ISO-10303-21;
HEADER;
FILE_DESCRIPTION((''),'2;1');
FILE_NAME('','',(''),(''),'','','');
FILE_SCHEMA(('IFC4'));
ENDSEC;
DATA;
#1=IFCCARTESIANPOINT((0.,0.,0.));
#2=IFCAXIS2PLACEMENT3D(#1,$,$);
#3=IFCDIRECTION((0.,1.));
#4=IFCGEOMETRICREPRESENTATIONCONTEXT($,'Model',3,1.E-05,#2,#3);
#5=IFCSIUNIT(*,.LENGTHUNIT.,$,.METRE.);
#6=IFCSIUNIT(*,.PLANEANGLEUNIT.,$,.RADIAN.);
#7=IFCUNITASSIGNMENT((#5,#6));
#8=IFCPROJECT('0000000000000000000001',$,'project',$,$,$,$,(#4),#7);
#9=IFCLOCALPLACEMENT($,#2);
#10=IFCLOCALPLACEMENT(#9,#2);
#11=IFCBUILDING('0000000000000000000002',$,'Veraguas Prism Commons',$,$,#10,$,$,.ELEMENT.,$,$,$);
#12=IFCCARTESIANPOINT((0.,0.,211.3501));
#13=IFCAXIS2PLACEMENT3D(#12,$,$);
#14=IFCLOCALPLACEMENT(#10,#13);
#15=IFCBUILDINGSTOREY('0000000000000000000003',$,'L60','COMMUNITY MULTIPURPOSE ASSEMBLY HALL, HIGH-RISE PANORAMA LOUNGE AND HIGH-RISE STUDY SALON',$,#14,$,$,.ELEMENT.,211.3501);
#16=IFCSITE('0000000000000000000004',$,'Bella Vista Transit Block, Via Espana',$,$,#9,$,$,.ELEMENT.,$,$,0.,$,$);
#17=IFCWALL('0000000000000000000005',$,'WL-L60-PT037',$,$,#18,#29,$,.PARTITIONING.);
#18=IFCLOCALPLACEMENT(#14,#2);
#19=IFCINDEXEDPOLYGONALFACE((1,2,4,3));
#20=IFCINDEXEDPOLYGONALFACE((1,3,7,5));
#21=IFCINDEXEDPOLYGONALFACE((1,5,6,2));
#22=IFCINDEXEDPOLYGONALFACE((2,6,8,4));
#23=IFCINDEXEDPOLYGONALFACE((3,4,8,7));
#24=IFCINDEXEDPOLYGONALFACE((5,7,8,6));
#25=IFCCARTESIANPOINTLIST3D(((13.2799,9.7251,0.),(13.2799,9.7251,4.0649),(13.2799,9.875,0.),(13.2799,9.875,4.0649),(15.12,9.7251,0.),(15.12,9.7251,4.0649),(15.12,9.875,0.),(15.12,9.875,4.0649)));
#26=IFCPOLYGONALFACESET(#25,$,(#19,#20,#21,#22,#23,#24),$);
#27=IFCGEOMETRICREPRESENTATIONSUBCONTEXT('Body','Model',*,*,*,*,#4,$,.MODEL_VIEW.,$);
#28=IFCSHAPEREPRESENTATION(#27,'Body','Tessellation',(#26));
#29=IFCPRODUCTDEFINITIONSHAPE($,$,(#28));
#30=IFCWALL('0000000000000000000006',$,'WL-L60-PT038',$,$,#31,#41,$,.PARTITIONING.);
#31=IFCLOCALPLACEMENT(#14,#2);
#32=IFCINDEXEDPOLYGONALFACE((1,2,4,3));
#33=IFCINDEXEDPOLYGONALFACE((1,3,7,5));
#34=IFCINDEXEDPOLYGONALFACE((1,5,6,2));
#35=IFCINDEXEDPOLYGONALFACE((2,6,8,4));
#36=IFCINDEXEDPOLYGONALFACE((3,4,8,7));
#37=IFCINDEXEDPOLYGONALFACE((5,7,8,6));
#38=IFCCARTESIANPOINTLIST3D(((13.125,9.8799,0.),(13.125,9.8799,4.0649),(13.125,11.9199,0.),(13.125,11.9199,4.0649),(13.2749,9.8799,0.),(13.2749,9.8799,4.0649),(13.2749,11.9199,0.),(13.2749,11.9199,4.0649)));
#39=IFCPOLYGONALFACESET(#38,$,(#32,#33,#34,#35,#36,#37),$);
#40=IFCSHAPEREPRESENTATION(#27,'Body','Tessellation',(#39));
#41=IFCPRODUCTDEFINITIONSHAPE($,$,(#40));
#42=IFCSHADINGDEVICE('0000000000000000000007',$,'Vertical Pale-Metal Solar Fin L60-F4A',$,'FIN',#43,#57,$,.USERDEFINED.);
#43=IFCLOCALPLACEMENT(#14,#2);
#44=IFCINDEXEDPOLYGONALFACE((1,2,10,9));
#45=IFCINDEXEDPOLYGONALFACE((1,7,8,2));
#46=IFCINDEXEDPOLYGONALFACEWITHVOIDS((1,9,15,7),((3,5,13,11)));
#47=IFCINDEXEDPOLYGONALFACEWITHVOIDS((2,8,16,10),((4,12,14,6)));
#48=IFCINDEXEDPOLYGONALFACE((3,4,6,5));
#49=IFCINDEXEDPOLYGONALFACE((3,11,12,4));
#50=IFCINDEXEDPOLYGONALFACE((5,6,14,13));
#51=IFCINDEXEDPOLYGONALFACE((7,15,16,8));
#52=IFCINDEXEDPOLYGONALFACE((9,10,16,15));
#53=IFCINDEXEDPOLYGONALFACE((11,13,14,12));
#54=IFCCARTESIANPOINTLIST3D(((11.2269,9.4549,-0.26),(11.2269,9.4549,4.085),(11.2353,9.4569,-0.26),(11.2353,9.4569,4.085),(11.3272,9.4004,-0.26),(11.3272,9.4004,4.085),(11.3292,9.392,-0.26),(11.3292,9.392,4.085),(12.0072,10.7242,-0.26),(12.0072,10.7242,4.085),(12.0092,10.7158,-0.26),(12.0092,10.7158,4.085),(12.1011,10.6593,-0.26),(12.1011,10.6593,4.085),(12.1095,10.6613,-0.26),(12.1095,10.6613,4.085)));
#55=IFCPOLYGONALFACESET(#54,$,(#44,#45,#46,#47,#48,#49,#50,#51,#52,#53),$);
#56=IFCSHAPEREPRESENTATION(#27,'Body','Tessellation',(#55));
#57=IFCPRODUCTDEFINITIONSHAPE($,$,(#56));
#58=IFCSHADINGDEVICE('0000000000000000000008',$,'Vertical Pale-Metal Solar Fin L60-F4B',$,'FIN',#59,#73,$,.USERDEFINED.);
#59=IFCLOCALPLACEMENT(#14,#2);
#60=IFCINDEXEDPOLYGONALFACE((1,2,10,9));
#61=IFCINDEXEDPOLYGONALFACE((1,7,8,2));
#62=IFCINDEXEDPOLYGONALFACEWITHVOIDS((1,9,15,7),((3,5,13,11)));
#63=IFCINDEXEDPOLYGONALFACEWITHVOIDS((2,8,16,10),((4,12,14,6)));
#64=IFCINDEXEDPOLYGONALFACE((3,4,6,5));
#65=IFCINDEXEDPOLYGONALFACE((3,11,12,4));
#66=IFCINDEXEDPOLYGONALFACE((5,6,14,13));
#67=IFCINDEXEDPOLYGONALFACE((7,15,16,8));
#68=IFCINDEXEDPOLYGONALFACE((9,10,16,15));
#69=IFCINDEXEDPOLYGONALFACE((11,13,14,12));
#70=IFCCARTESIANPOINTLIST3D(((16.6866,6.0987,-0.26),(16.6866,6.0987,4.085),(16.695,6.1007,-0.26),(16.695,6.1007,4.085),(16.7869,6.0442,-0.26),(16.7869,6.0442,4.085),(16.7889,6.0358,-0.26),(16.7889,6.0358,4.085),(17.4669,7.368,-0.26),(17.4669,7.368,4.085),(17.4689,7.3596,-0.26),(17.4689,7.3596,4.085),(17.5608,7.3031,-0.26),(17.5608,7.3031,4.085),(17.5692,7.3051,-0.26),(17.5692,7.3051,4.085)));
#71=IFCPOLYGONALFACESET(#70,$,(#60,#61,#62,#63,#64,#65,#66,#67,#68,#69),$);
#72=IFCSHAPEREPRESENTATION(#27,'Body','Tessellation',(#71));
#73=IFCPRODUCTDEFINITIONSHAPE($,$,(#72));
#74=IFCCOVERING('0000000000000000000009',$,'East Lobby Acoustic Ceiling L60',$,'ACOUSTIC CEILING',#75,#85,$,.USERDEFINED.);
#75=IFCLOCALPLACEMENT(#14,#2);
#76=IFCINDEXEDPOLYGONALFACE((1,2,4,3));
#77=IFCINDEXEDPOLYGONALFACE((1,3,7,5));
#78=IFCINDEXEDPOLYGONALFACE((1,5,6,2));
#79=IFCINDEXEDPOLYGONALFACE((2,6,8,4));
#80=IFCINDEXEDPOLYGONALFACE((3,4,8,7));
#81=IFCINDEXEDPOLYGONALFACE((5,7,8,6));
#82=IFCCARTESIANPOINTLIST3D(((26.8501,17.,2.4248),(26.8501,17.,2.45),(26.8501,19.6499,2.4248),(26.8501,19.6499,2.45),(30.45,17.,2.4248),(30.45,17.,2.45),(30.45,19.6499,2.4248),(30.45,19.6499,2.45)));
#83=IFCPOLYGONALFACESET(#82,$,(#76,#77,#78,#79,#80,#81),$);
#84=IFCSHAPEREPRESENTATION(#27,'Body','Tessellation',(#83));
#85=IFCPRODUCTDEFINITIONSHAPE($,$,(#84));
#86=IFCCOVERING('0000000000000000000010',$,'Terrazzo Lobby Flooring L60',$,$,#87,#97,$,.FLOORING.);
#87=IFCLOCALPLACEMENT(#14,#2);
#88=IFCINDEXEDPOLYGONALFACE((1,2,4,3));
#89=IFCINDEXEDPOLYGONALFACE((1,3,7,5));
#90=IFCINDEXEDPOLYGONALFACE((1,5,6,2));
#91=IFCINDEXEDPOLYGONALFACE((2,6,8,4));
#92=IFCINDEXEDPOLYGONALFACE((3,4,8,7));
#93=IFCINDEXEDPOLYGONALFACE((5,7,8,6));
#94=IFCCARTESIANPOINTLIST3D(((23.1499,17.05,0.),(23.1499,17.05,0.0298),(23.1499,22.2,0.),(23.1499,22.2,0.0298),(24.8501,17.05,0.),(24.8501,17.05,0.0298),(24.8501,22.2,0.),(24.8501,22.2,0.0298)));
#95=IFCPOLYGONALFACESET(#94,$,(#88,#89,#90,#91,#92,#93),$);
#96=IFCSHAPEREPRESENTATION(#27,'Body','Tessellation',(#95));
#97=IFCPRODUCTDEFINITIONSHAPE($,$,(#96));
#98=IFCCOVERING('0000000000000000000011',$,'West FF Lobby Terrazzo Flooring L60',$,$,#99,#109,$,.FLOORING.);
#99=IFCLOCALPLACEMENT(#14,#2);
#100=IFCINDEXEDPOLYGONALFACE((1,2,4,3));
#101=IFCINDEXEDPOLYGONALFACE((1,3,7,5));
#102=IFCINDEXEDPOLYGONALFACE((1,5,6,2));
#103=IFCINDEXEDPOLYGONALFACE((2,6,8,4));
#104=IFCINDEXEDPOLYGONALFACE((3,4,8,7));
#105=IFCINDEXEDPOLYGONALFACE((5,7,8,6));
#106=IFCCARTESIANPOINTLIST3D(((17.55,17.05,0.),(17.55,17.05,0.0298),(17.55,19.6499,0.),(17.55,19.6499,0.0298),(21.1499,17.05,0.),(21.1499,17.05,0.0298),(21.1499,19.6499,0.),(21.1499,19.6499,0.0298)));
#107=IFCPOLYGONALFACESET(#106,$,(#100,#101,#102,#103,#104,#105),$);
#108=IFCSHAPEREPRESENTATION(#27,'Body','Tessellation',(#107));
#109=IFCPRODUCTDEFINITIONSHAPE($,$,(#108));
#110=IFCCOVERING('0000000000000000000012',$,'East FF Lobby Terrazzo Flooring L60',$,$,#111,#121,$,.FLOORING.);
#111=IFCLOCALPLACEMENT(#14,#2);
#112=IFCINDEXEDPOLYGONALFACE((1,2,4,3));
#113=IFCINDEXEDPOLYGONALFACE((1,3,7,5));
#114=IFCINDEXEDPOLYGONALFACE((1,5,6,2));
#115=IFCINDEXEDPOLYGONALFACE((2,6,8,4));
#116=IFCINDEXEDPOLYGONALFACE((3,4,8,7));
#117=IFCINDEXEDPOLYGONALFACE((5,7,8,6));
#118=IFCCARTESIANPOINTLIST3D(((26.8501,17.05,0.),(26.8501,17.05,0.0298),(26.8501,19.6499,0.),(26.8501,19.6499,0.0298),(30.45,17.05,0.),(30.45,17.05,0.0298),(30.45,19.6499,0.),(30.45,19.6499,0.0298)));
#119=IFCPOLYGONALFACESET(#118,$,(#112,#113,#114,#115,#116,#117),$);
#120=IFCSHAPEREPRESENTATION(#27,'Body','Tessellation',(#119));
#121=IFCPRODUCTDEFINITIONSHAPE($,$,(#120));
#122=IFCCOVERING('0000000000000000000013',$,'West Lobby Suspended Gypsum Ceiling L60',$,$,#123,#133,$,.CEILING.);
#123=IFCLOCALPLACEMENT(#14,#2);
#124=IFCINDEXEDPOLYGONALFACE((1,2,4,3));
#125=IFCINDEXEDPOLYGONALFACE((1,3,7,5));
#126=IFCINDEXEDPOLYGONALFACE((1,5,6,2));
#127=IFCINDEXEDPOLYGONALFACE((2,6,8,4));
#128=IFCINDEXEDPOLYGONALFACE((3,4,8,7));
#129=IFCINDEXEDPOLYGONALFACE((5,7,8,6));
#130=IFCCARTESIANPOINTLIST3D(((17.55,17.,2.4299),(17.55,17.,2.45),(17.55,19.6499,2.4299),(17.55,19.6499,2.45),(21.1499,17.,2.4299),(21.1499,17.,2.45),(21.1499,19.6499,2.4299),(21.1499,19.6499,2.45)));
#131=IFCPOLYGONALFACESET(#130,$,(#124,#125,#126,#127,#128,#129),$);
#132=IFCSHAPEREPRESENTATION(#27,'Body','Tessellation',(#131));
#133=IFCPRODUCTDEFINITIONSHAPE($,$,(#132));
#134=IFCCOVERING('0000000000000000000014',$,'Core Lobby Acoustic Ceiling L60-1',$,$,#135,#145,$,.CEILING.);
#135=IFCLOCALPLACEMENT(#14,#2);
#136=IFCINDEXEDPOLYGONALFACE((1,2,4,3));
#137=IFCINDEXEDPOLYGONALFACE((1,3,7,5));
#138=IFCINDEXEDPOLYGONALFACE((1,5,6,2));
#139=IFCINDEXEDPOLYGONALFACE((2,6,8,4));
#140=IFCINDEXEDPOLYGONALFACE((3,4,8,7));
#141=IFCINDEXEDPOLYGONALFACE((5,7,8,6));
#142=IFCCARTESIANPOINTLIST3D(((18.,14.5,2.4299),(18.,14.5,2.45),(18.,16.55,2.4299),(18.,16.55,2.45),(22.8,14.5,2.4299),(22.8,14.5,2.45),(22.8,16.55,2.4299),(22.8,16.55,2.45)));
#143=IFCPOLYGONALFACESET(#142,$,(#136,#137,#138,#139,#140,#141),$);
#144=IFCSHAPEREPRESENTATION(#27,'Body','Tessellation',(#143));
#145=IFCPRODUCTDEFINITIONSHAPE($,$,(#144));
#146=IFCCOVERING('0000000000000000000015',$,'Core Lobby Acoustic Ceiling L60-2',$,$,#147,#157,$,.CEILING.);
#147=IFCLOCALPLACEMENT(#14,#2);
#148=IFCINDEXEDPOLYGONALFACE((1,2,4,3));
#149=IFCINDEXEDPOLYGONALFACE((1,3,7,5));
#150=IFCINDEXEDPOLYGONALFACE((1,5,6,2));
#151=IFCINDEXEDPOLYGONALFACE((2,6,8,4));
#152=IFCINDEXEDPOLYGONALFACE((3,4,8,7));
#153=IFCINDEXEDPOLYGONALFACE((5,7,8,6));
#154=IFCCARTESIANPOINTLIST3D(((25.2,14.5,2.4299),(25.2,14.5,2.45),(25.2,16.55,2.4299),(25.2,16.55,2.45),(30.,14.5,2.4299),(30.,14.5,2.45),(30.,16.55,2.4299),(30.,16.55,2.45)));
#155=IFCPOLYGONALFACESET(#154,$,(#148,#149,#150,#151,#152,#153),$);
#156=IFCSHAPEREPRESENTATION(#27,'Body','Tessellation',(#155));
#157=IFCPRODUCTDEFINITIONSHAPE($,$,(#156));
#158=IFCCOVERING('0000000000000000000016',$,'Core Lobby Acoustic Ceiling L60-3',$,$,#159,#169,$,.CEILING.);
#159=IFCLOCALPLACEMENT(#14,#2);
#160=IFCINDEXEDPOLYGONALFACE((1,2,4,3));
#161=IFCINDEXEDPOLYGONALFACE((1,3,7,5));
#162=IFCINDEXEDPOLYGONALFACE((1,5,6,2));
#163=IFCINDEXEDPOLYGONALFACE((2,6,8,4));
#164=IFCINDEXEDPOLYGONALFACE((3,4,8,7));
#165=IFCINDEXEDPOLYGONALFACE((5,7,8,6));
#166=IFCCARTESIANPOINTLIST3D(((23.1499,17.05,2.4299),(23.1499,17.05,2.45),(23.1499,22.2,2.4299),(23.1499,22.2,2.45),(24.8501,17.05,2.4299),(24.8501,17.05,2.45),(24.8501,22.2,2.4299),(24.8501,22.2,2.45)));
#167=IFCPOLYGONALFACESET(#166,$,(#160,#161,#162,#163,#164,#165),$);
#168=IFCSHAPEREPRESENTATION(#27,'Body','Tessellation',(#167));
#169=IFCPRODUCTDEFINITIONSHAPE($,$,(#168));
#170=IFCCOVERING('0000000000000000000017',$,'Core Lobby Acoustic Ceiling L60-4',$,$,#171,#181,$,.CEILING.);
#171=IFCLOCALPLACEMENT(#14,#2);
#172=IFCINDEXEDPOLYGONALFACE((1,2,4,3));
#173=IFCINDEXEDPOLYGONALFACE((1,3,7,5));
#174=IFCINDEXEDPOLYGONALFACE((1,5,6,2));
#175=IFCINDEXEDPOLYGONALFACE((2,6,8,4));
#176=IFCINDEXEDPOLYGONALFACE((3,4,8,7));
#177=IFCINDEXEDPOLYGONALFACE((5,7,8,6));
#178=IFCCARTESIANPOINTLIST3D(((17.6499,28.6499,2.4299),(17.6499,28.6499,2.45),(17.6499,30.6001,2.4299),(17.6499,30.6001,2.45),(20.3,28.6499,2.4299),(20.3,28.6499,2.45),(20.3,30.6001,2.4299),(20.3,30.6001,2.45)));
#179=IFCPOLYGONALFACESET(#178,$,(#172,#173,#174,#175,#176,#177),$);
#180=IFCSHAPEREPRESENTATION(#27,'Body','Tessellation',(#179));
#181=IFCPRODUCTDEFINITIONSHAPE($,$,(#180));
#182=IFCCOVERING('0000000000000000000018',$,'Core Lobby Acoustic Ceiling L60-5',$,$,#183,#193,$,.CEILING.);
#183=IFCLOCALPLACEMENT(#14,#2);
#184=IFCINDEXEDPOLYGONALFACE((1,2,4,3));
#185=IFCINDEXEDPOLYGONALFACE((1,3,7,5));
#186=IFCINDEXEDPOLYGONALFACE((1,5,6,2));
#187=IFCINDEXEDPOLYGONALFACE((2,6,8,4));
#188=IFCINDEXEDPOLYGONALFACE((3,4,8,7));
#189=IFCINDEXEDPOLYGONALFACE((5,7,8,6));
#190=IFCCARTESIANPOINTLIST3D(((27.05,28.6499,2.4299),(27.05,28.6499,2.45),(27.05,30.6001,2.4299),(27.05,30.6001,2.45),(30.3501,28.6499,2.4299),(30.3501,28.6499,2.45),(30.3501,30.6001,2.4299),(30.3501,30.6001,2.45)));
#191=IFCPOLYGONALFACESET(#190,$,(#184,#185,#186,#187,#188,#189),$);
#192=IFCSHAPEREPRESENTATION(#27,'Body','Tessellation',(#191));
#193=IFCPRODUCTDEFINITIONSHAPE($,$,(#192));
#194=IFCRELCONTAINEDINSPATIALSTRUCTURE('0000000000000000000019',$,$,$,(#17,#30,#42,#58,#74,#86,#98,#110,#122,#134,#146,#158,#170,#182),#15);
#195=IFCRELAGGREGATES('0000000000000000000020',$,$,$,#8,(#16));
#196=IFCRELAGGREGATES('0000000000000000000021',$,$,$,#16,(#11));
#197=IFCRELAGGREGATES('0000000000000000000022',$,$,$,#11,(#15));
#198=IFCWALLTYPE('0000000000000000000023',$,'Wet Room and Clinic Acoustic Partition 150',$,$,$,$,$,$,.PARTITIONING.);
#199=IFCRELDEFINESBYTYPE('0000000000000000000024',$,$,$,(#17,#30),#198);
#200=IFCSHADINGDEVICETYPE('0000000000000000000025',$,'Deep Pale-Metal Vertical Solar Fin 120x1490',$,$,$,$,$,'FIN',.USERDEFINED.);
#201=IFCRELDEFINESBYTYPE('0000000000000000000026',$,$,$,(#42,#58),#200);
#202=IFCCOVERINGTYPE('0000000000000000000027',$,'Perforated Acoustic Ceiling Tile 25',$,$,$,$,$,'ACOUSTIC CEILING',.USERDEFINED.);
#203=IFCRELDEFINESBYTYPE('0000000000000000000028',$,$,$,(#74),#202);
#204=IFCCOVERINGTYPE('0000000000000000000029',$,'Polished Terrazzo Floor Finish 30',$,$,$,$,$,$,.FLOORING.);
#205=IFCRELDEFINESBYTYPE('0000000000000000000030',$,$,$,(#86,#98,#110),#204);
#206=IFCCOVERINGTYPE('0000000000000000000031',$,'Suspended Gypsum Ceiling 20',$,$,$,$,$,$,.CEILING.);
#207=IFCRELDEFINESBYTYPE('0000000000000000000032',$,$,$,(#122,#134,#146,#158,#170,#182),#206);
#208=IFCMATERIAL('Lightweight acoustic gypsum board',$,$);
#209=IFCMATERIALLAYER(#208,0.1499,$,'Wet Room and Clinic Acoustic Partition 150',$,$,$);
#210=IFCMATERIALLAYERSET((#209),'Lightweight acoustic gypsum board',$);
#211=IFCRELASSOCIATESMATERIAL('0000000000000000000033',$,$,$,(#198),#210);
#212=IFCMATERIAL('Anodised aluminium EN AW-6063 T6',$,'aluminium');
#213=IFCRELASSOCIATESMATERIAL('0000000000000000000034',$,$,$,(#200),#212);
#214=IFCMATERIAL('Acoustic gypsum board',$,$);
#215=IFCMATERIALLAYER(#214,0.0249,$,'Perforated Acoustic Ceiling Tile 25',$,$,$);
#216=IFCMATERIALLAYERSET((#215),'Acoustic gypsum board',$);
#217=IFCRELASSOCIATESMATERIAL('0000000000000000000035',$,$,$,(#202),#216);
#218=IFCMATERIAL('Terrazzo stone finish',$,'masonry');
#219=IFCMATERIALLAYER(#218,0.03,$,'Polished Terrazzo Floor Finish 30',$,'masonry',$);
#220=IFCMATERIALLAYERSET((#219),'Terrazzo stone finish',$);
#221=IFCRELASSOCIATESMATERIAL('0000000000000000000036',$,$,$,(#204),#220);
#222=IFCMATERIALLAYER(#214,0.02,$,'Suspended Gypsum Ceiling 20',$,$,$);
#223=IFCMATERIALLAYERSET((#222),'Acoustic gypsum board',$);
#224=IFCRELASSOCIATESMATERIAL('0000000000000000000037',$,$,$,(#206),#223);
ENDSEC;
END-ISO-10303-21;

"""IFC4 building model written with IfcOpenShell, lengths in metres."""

from ifc_helpers import new_model, si_unit, direction, frame, frame_2d, origin, origin_2d, place, context, subcontext, project, spatial, polyline, rectangle, hollow_rectangle, outline, extrude, material, layer, layer_set, material_profile, profile_set, type_object, element, save


model = new_model("IFC4")

# Units and contexts
model_context = context("Model", 3, precision=1e-05, world=origin(), true_north=direction((0.0, 1.0)))
body_context = subcontext(model_context, "Body", "Model", "MODEL_VIEW")
ifc_project = project(units=[si_unit("LENGTHUNIT", "METRE"), si_unit("PLANEANGLEUNIT", "RADIAN")], contexts=[model_context])

# Site, building, storey
site_placement = place(None, origin())
site = spatial("IfcSite", under=ifc_project, at=site_placement, Name="Bella Vista Transit Block, Via Espana", CompositionType="ELEMENT", RefElevation=0.0)
building_placement = place(site_placement, origin())
building = spatial("IfcBuilding", under=site, at=building_placement, Name="Veraguas Prism Commons", CompositionType="ELEMENT")
storey_placement = place(building_placement, frame((0.0, 0.0, 211.3501)))
storey = spatial("IfcBuildingStorey", under=building, at=storey_placement, Name="L60", Description="COMMUNITY MULTIPURPOSE ASSEMBLY HALL, HIGH-RISE PANORAMA LOUNGE AND HIGH-RISE STUDY SALON", CompositionType="ELEMENT", Elevation=211.3501)

# Shared definitions
ifc_material_1 = material(Name="Anodised aluminium EN AW-6063 T6", Category="aluminium")

# Shared definitions
ifc_material_2 = material(Name="Lightweight acoustic gypsum board")

# Walls
ifc_layer_1 = layer(ifc_material_2, 0.1499, Name="Wet Room and Clinic Acoustic Partition 150")
ifc_layer_set_1 = layer_set([ifc_layer_1], Name="Lightweight acoustic gypsum board")
wall_type_1 = type_object("IfcWallType", Name="Wet Room and Clinic Acoustic Partition 150", PredefinedType="PARTITIONING", material=ifc_layer_set_1)
wall_1_placement = place(storey_placement, frame((13.28, 9.8, 0.0), z_axis=(0.0, 0.0, 1.0), x_axis=(1.0, 0.0, 0.0)))
element("IfcWall", 1, at=wall_1_placement, inside=storey, type_object=wall_type_1, Name="WL-L60-PT037", PredefinedType="PARTITIONING", context=body_context, shape_type="SweptSolid", body=[
    extrude(rectangle(XDim=1.8401, YDim=0.1499, at=frame_2d((0.9199, 0.0))), origin(), (0.0, 0.0, 1.0), 4.0649),
])
wall_2_placement = place(storey_placement, frame((13.2, 9.8799, 0.0), z_axis=(0.0, 0.0, 1.0), x_axis=(0.0, 1.0, 0.0)))
element("IfcWall", 2, at=wall_2_placement, inside=storey, type_object=wall_type_1, Name="WL-L60-PT038", PredefinedType="PARTITIONING", context=body_context, shape_type="SweptSolid", body=[
    extrude(rectangle(XDim=2.04, YDim=0.1499, at=frame_2d((1.02, 0.0))), origin(), (0.0, 0.0, 1.0), 4.0649),
])

# Shading devices
ifc_material_profile_1 = material_profile(ifc_material_1, hollow_rectangle(XDim=0.1201, YDim=1.49, WallThickness=0.0061, at=origin_2d()), Name="FIN120X1490X6")
ifc_profile_set_1 = profile_set([ifc_material_profile_1], Name="Anodised aluminium EN AW-6063 T6")
shading_device_type = type_object("IfcShadingDeviceType", Name="Deep Pale-Metal Vertical Solar Fin 120x1490", ElementType="FIN", PredefinedType="USERDEFINED", material=ifc_profile_set_1)
for number, where, z_axis, x_axis, name in (
    (3, (11.6682, 10.0581, -0.26), (0.0, 0.0, 1.0), (0.85191, -0.523689, 0.0), "Vertical Pale-Metal Solar Fin L60-F4A"),
    (4, (17.1279, 6.7019, -0.26), (0.0, 0.0, 1.0), (0.85191, -0.523689, 0.0), "Vertical Pale-Metal Solar Fin L60-F4B"),
):
    element("IfcShadingDevice", number, at=place(storey_placement, frame(where, z_axis=z_axis, x_axis=x_axis)), inside=storey, type_object=shading_device_type, Name=name, ObjectType="FIN", PredefinedType="USERDEFINED", context=body_context, shape_type="SweptSolid", body=[
        extrude(hollow_rectangle(XDim=0.1201, YDim=1.49, WallThickness=0.0061, at=origin_2d()), origin(), (0.0, 0.0, 1.0), 4.345),
    ])

# Coverings
ifc_material_3 = material(Name="Acoustic gypsum board")
ifc_layer_2 = layer(ifc_material_3, 0.0249, Name="Perforated Acoustic Ceiling Tile 25")
ifc_layer_set_2 = layer_set([ifc_layer_2], Name="Acoustic gypsum board")
covering_type_1 = type_object("IfcCoveringType", Name="Perforated Acoustic Ceiling Tile 25", ElementType="ACOUSTIC CEILING", PredefinedType="USERDEFINED", material=ifc_layer_set_2)
covering_1_placement = place(storey_placement, frame((0.0, 0.0, 2.4248)))
element("IfcCovering", 5, at=covering_1_placement, inside=storey, type_object=covering_type_1, Name="East Lobby Acoustic Ceiling L60", ObjectType="ACOUSTIC CEILING", PredefinedType="USERDEFINED", context=body_context, shape_type="SweptSolid", body=[
    extrude(outline(polyline([(26.8501, 17.0), (30.45, 17.0), (30.45, 19.6499), (26.8501, 19.6499), (26.8501, 17.0)])), origin(), (0.0, 0.0, 1.0), 0.0251),
])
ifc_material_4 = material(Name="Terrazzo stone finish", Category="masonry")
ifc_layer_3 = layer(ifc_material_4, 0.03, Name="Polished Terrazzo Floor Finish 30", Category="masonry")
ifc_layer_set_3 = layer_set([ifc_layer_3], Name="Terrazzo stone finish")
covering_type_2 = type_object("IfcCoveringType", Name="Polished Terrazzo Floor Finish 30", PredefinedType="FLOORING", material=ifc_layer_set_3)
covering_2_placement = place(storey_placement, origin())
element("IfcCovering", 6, at=covering_2_placement, inside=storey, type_object=covering_type_2, Name="Terrazzo Lobby Flooring L60", PredefinedType="FLOORING", context=body_context, shape_type="SweptSolid", body=[
    extrude(outline(polyline([(23.1499, 17.05), (24.8501, 17.05), (24.8501, 22.2), (23.1499, 22.2), (23.1499, 17.05)])), origin(), (0.0, 0.0, 1.0), 0.0298),
])
covering_3_placement = place(storey_placement, origin())
element("IfcCovering", 7, at=covering_3_placement, inside=storey, type_object=covering_type_2, Name="West FF Lobby Terrazzo Flooring L60", PredefinedType="FLOORING", context=body_context, shape_type="SweptSolid", body=[
    extrude(outline(polyline([(17.55, 17.05), (21.1499, 17.05), (21.1499, 19.6499), (17.55, 19.6499), (17.55, 17.05)])), origin(), (0.0, 0.0, 1.0), 0.0298),
])
covering_4_placement = place(storey_placement, origin())
element("IfcCovering", 8, at=covering_4_placement, inside=storey, type_object=covering_type_2, Name="East FF Lobby Terrazzo Flooring L60", PredefinedType="FLOORING", context=body_context, shape_type="SweptSolid", body=[
    extrude(outline(polyline([(26.8501, 17.05), (30.45, 17.05), (30.45, 19.6499), (26.8501, 19.6499), (26.8501, 17.05)])), origin(), (0.0, 0.0, 1.0), 0.0298),
])
ifc_layer_4 = layer(ifc_material_3, 0.02, Name="Suspended Gypsum Ceiling 20")
ifc_layer_set_4 = layer_set([ifc_layer_4], Name="Acoustic gypsum board")
covering_type_3 = type_object("IfcCoveringType", Name="Suspended Gypsum Ceiling 20", PredefinedType="CEILING", material=ifc_layer_set_4)
covering_5_placement = place(storey_placement, frame((0.0, 0.0, 2.4299)))
element("IfcCovering", 9, at=covering_5_placement, inside=storey, type_object=covering_type_3, Name="West Lobby Suspended Gypsum Ceiling L60", PredefinedType="CEILING", context=body_context, shape_type="SweptSolid", body=[
    extrude(outline(polyline([(17.55, 17.0), (21.1499, 17.0), (21.1499, 19.6499), (17.55, 19.6499), (17.55, 17.0)])), origin(), (0.0, 0.0, 1.0), 0.02),
])
covering_6_placement = place(storey_placement, frame((0.0, 0.0, 2.4299)))
element("IfcCovering", 10, at=covering_6_placement, inside=storey, type_object=covering_type_3, Name="Core Lobby Acoustic Ceiling L60-1", PredefinedType="CEILING", context=body_context, shape_type="SweptSolid", body=[
    extrude(outline(polyline([(18.0, 14.5), (22.8, 14.5), (22.8, 16.55), (18.0, 16.55), (18.0, 14.5)])), origin(), (0.0, 0.0, 1.0), 0.02),
])
covering_7_placement = place(storey_placement, frame((0.0, 0.0, 2.4299)))
element("IfcCovering", 11, at=covering_7_placement, inside=storey, type_object=covering_type_3, Name="Core Lobby Acoustic Ceiling L60-2", PredefinedType="CEILING", context=body_context, shape_type="SweptSolid", body=[
    extrude(outline(polyline([(25.2, 14.5), (30.0, 14.5), (30.0, 16.55), (25.2, 16.55), (25.2, 14.5)])), origin(), (0.0, 0.0, 1.0), 0.02),
])
covering_8_placement = place(storey_placement, frame((0.0, 0.0, 2.4299)))
element("IfcCovering", 12, at=covering_8_placement, inside=storey, type_object=covering_type_3, Name="Core Lobby Acoustic Ceiling L60-3", PredefinedType="CEILING", context=body_context, shape_type="SweptSolid", body=[
    extrude(outline(polyline([(23.1499, 17.05), (24.8501, 17.05), (24.8501, 22.2), (23.1499, 22.2), (23.1499, 17.05)])), origin(), (0.0, 0.0, 1.0), 0.02),
])
covering_9_placement = place(storey_placement, frame((0.0, 0.0, 2.4299)))
element("IfcCovering", 13, at=covering_9_placement, inside=storey, type_object=covering_type_3, Name="Core Lobby Acoustic Ceiling L60-4", PredefinedType="CEILING", context=body_context, shape_type="SweptSolid", body=[
    extrude(outline(polyline([(17.6499, 28.6499), (20.3, 28.6499), (20.3, 30.6001), (17.6499, 30.6001), (17.6499, 28.6499)])), origin(), (0.0, 0.0, 1.0), 0.02),
])
covering_10_placement = place(storey_placement, frame((0.0, 0.0, 2.4299)))
element("IfcCovering", 14, at=covering_10_placement, inside=storey, type_object=covering_type_3, Name="Core Lobby Acoustic Ceiling L60-5", PredefinedType="CEILING", context=body_context, shape_type="SweptSolid", body=[
    extrude(outline(polyline([(27.05, 28.6499), (30.3501, 28.6499), (30.3501, 30.6001), (27.05, 30.6001), (27.05, 28.6499)])), origin(), (0.0, 0.0, 1.0), 0.02),
])

save(model, "model.ifc")
